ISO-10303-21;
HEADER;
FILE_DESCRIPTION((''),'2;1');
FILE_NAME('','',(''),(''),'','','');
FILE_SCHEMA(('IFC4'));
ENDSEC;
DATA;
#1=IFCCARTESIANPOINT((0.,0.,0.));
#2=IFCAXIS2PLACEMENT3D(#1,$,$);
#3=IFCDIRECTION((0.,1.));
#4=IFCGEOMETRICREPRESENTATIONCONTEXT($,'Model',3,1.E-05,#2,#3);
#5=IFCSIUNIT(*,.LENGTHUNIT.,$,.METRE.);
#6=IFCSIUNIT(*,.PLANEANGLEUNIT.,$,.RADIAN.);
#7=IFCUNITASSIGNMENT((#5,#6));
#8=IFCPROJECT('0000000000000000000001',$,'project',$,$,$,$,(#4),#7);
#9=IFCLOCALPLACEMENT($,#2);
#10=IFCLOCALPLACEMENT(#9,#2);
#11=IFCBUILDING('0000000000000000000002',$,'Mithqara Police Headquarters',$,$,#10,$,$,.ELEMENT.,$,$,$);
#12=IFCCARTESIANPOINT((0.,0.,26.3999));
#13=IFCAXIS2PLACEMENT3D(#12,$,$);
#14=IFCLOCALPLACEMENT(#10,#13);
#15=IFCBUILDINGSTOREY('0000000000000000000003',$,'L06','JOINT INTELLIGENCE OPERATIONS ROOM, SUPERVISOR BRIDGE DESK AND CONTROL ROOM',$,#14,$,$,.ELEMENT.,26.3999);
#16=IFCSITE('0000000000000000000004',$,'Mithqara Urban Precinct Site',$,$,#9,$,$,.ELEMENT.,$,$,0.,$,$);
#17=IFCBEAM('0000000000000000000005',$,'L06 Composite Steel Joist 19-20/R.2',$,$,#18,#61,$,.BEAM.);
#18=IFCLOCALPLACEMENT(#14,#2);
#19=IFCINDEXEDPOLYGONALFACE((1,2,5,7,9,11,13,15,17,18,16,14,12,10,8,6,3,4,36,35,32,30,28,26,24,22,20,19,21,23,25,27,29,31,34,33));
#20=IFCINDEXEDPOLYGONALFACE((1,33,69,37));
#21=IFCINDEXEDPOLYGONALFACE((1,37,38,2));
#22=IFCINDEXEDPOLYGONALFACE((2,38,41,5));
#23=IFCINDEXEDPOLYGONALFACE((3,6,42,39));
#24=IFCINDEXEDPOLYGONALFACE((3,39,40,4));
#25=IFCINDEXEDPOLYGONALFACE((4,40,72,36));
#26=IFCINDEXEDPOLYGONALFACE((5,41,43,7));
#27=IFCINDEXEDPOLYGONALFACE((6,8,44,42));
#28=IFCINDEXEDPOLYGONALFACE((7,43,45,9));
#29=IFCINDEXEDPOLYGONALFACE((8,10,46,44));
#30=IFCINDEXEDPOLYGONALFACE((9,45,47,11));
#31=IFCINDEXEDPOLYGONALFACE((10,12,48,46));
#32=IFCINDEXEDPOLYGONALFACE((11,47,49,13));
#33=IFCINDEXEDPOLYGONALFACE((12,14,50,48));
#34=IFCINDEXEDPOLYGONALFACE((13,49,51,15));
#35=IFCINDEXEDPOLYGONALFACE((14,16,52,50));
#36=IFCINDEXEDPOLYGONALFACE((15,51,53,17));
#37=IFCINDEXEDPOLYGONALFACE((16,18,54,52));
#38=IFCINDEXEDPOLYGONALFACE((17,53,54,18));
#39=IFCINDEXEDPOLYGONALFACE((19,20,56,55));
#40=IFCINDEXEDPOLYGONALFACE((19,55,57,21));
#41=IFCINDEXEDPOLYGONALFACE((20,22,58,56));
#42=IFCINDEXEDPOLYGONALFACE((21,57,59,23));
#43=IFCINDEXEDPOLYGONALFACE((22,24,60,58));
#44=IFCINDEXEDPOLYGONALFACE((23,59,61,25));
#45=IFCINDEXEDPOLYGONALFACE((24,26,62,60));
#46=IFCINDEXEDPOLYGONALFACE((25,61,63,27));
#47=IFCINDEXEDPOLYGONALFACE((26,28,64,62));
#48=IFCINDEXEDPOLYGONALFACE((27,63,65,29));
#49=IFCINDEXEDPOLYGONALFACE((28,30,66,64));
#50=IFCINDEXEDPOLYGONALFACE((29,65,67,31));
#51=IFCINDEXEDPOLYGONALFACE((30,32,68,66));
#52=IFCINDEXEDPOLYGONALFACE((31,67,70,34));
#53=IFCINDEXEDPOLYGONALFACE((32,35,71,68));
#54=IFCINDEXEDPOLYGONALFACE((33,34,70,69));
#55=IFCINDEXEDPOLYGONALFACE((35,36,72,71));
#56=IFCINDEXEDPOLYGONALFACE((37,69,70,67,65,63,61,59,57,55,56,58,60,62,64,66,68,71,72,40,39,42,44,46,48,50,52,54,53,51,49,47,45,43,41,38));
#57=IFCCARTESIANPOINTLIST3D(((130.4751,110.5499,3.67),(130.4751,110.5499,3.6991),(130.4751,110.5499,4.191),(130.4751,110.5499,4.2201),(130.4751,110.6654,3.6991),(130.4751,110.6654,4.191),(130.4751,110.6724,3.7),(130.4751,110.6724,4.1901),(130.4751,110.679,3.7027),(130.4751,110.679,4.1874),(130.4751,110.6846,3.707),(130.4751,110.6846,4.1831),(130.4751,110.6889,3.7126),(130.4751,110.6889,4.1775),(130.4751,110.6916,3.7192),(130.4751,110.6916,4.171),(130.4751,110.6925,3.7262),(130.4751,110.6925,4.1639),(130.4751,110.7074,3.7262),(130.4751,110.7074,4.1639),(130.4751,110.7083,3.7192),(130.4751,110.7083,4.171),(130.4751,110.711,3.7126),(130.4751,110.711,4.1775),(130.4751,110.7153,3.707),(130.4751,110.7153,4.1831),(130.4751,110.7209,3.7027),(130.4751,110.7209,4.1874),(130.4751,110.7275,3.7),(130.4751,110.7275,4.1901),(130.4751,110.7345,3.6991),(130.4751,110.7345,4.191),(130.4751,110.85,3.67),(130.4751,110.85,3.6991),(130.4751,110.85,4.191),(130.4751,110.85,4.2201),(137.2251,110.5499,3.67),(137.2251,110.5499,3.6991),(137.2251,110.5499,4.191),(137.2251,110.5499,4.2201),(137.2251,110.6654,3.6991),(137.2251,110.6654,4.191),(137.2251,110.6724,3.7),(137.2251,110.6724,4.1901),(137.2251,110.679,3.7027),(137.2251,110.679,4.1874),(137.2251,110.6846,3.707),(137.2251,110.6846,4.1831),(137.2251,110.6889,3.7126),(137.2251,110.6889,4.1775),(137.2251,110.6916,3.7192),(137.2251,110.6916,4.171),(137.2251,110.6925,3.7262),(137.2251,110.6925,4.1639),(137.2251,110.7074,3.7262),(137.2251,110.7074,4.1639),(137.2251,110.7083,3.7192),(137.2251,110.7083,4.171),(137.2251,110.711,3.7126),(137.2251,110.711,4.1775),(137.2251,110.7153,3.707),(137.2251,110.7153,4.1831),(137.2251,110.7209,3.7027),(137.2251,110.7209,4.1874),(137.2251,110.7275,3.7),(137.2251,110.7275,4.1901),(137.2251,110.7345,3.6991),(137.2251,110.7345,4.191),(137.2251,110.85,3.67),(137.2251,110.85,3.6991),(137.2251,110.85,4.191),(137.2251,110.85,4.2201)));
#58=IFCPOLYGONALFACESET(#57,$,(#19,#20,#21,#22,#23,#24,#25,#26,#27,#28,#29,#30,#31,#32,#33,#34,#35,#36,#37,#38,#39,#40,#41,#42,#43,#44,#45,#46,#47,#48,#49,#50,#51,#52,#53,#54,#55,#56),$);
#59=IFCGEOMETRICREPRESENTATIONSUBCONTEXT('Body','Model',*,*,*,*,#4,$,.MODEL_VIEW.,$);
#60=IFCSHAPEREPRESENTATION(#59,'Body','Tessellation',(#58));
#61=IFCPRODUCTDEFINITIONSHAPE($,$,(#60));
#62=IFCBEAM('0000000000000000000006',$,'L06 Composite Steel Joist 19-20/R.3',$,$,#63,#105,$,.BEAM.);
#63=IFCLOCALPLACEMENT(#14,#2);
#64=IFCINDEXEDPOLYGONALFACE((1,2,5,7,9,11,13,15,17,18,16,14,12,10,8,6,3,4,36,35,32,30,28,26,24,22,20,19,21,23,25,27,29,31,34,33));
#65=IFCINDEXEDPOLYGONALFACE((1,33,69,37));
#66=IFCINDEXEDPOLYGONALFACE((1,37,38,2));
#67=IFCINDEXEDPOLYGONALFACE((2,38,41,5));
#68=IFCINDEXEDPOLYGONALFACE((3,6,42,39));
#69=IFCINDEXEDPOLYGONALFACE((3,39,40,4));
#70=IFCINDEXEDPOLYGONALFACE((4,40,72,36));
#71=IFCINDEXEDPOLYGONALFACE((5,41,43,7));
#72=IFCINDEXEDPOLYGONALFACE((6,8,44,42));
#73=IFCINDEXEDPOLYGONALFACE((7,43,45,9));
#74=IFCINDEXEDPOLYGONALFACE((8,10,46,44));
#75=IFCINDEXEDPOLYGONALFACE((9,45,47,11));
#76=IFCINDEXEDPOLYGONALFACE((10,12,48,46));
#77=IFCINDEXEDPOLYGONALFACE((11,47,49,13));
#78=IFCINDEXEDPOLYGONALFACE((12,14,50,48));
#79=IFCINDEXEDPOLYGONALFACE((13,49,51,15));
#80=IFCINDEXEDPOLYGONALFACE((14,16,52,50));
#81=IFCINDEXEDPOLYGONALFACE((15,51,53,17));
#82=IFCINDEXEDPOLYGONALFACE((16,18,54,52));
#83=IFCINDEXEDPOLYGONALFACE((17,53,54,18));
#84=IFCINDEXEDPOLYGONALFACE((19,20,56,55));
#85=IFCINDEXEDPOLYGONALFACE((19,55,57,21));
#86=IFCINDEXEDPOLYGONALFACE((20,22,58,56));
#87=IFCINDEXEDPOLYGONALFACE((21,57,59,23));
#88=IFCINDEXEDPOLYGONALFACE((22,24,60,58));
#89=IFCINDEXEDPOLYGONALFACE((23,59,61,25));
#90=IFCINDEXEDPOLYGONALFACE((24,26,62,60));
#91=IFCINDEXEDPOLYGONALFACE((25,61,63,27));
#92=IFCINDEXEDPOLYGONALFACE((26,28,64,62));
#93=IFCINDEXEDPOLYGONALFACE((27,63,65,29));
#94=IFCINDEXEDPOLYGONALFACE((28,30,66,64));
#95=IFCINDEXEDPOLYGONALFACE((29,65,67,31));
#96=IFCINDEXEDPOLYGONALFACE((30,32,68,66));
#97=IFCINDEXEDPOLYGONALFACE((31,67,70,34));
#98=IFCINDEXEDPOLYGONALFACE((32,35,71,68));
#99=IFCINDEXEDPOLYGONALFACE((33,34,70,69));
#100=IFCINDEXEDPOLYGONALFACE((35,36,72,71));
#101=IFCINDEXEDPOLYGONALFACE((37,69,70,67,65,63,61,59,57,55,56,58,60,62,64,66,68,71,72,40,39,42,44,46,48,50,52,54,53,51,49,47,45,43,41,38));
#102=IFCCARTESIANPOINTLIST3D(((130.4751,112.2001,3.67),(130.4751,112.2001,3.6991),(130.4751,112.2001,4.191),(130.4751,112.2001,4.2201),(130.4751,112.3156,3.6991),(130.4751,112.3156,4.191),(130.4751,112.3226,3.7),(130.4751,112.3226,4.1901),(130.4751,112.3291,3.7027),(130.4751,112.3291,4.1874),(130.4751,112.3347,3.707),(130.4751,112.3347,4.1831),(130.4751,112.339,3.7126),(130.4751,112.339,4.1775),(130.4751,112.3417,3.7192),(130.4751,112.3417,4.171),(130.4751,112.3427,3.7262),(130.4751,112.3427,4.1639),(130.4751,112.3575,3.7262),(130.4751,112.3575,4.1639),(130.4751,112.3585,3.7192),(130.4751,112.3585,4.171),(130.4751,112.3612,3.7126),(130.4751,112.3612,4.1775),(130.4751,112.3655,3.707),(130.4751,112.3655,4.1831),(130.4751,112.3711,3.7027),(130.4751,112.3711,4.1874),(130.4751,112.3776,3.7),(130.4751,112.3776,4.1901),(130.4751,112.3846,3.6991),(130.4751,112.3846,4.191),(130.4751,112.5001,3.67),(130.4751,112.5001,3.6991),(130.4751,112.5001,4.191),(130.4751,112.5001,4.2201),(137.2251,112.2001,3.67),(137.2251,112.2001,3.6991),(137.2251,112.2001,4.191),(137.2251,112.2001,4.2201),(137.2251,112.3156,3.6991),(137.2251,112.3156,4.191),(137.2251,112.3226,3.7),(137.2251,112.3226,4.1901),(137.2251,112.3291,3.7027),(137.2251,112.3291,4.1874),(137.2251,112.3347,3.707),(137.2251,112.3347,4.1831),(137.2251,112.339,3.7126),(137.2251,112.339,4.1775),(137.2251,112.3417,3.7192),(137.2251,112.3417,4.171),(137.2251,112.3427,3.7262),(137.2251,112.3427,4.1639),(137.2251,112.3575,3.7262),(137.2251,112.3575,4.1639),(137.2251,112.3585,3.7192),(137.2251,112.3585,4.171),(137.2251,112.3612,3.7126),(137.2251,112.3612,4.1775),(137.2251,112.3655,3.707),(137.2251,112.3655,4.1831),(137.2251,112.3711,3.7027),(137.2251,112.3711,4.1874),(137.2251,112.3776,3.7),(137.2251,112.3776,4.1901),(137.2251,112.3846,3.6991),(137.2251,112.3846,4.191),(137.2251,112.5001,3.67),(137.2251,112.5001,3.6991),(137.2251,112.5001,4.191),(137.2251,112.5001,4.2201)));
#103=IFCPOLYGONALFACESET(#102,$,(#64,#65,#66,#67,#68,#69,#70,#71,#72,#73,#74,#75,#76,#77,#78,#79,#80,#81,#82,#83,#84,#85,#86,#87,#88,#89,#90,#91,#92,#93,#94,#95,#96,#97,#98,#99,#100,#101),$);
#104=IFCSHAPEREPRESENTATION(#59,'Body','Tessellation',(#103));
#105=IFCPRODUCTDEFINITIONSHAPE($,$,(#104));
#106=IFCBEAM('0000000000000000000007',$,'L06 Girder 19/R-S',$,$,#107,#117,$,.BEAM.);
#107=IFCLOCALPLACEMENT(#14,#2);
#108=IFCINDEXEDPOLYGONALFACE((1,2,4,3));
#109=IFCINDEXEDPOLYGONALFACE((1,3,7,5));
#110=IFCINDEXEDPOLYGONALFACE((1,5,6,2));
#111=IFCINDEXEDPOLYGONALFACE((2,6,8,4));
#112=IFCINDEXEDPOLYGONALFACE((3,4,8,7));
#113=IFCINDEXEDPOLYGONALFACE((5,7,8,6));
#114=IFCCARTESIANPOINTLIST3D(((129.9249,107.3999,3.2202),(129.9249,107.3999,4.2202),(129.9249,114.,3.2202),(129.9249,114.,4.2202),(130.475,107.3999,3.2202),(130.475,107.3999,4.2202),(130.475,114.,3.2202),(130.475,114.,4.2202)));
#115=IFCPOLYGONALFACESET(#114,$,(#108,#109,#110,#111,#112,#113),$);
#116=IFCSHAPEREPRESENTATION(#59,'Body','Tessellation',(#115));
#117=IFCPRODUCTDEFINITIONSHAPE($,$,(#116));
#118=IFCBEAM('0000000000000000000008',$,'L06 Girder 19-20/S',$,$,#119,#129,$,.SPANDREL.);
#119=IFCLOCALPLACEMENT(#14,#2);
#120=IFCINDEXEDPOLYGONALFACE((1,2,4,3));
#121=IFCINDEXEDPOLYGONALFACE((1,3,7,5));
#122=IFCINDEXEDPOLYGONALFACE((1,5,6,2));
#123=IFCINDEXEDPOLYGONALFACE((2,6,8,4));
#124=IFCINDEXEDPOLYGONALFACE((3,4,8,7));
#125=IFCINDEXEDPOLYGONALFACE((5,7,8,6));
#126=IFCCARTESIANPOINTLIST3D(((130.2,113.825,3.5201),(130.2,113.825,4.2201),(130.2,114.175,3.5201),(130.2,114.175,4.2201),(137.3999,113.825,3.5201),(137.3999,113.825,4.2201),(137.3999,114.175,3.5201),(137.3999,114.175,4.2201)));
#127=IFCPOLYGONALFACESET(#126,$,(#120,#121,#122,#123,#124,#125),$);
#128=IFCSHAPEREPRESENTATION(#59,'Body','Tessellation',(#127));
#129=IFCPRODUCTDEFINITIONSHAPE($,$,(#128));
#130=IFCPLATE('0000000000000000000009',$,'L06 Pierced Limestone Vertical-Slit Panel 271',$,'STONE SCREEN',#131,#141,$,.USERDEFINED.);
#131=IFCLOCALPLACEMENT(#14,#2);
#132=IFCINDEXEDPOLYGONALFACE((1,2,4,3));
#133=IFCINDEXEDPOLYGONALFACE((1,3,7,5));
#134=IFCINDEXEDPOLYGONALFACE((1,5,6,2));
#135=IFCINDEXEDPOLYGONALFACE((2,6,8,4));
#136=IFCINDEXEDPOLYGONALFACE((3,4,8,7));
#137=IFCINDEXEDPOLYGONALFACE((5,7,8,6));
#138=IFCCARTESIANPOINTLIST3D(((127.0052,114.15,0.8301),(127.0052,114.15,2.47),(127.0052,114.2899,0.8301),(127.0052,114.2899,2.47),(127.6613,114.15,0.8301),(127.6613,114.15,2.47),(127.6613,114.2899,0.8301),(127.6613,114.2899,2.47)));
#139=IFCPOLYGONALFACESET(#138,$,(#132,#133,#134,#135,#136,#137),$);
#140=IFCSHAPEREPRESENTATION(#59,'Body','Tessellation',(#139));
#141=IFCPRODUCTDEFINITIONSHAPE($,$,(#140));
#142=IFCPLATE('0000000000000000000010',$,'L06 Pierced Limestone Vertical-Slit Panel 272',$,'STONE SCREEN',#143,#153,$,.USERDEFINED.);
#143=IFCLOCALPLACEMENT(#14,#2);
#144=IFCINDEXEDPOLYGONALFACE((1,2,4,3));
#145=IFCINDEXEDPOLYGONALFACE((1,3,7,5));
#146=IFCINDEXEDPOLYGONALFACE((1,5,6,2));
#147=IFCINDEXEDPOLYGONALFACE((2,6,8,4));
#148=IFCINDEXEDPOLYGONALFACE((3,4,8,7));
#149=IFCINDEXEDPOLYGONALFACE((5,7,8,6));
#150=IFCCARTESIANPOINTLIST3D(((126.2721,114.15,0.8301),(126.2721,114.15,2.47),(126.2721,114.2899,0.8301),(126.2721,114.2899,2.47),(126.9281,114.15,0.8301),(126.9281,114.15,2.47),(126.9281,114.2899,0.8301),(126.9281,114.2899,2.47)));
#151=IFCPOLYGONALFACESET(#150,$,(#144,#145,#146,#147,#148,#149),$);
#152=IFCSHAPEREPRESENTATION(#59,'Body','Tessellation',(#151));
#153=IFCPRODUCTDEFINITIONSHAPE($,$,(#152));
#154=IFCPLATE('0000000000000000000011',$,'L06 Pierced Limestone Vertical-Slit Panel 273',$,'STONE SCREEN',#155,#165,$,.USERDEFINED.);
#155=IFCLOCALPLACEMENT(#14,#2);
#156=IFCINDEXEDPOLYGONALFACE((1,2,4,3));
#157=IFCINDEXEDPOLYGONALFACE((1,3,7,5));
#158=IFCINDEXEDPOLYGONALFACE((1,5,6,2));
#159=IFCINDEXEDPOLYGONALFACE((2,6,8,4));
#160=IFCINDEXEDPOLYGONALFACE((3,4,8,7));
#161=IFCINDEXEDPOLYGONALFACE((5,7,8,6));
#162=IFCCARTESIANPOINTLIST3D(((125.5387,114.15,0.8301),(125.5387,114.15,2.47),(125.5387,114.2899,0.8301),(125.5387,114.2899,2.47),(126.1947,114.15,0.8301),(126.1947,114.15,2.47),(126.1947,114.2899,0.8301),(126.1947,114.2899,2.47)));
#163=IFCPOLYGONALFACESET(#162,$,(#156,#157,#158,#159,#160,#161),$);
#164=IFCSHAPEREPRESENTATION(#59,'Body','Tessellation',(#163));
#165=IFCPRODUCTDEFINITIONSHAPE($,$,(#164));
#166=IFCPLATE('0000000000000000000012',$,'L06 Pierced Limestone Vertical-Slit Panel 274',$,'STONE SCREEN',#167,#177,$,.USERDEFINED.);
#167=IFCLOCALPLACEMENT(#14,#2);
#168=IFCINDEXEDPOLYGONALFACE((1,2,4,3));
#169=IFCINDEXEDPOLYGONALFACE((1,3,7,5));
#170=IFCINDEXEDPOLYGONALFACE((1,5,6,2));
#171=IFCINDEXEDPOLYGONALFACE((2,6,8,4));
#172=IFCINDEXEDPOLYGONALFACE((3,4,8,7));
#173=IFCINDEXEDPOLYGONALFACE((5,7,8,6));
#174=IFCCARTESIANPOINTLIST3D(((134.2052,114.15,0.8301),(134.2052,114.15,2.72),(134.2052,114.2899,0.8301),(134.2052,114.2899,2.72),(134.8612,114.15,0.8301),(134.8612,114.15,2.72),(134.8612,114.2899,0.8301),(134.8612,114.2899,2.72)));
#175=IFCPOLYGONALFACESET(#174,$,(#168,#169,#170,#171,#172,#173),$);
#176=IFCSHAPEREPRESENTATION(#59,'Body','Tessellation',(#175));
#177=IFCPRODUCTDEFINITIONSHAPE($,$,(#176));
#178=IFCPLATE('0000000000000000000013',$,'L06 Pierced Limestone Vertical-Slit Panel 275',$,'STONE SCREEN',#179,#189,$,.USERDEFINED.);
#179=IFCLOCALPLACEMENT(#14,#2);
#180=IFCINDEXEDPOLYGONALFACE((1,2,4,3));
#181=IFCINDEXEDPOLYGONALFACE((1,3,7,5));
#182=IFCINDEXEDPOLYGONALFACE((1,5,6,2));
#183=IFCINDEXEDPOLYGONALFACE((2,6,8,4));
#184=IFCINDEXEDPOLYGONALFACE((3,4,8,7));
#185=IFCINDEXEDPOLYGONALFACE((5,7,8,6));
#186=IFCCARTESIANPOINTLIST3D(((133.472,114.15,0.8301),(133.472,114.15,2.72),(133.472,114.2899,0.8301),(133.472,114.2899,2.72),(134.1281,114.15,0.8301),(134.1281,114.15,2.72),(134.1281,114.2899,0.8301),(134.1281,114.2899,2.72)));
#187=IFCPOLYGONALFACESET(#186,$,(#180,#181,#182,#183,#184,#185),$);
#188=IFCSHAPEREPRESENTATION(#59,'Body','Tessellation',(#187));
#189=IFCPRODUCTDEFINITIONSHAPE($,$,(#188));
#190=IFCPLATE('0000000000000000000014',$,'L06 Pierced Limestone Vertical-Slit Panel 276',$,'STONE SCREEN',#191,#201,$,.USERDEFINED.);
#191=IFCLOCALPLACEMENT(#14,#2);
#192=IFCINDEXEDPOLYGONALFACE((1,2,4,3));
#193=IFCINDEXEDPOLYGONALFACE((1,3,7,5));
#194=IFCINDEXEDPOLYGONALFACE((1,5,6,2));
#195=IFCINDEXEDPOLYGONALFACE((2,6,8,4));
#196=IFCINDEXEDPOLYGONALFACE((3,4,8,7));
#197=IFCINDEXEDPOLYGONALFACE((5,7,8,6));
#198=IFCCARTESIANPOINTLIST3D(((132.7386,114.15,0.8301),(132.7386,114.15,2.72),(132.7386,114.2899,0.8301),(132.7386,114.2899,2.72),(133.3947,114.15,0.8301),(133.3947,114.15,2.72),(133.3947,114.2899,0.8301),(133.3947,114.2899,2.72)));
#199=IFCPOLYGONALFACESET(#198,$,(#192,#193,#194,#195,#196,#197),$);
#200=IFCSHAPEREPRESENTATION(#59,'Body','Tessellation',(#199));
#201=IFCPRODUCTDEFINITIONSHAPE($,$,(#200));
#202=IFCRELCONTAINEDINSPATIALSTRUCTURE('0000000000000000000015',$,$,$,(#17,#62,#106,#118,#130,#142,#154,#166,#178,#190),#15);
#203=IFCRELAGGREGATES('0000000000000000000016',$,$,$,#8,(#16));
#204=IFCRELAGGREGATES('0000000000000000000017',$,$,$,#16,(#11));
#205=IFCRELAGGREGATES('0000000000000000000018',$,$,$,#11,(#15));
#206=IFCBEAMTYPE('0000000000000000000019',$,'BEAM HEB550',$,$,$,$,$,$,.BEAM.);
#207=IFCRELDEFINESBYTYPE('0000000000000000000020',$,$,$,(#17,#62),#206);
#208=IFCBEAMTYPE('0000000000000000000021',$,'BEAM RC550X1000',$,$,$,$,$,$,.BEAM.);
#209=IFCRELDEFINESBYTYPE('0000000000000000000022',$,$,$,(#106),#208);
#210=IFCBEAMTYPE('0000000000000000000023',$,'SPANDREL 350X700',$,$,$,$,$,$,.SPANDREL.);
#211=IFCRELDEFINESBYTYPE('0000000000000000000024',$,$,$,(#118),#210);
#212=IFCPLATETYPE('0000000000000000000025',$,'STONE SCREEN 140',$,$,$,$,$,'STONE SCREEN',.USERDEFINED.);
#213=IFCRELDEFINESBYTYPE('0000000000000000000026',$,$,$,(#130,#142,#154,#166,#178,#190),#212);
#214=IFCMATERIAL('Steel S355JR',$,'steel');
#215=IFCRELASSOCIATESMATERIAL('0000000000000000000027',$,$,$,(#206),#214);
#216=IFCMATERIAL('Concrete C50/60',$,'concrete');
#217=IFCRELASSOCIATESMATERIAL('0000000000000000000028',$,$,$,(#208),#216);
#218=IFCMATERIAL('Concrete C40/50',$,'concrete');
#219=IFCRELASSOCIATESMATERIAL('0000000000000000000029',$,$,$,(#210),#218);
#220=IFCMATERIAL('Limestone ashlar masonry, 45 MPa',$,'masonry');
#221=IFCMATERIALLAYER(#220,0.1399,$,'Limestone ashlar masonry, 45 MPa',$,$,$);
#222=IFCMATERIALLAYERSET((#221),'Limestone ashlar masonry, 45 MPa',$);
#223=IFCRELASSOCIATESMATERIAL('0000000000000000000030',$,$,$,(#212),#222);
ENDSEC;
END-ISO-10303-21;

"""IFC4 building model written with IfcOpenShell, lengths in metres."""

from ifc_helpers import new_model, si_unit, direction, frame, origin, origin_2d, place, context, subcontext, project, spatial, rectangle, i_section, extrude, material, layer, layer_set, material_profile, profile_set, type_object, element, save


model = new_model("IFC4")

# Units and contexts
model_context = context("Model", 3, precision=1e-05, world=origin(), true_north=direction((0.0, 1.0)))
body_context = subcontext(model_context, "Body", "Model", "MODEL_VIEW")
ifc_project = project(units=[si_unit("LENGTHUNIT", "METRE"), si_unit("PLANEANGLEUNIT", "RADIAN")], contexts=[model_context])

# Site, building, storey
site_placement = place(None, origin())
site = spatial("IfcSite", under=ifc_project, at=site_placement, Name="Mithqara Urban Precinct Site", CompositionType="ELEMENT", RefElevation=0.0)
building_placement = place(site_placement, origin())
building = spatial("IfcBuilding", under=site, at=building_placement, Name="Mithqara Police Headquarters", CompositionType="ELEMENT")
storey_placement = place(building_placement, frame((0.0, 0.0, 26.3999)))
storey = spatial("IfcBuildingStorey", under=building, at=storey_placement, Name="L06", Description="JOINT INTELLIGENCE OPERATIONS ROOM, SUPERVISOR BRIDGE DESK AND CONTROL ROOM", CompositionType="ELEMENT", Elevation=26.3999)

# Shared definitions
ifc_material_1 = material(Name="Concrete C50/60", Category="concrete")

# Beams
ifc_material_2 = material(Name="Steel S355JR", Category="steel")
ifc_material_profile_1 = material_profile(ifc_material_2, i_section(OverallWidth=0.3, OverallDepth=0.55, WebThickness=0.0149, FlangeThickness=0.0291, FilletRadius=0.0271, at=origin_2d()), Name="HEB 550")
ifc_profile_set_1 = profile_set([ifc_material_profile_1], Name="Steel S355JR")
beam_type_1 = type_object("IfcBeamType", Name="BEAM HEB550", PredefinedType="BEAM", material=ifc_profile_set_1)
for number, where, z_axis, x_axis, name in (
    (1, (130.4751, 110.7, 3.9451), (1.0, 0.0, 0.0), (0.0, 1.0, 0.0), "L06 Composite Steel Joist 19-20/R.2"),
    (2, (130.4751, 112.3501, 3.9451), (1.0, 0.0, 0.0), (0.0, 1.0, 0.0), "L06 Composite Steel Joist 19-20/R.3"),
):
    element("IfcBeam", number, at=place(storey_placement, frame(where, z_axis=z_axis, x_axis=x_axis)), inside=storey, type_object=beam_type_1, Name=name, PredefinedType="BEAM", context=body_context, shape_type="SweptSolid", body=[
        extrude(i_section(OverallWidth=0.3, OverallDepth=0.55, WebThickness=0.0149, FlangeThickness=0.0291, FilletRadius=0.0271, at=origin_2d()), origin(), (0.0, 0.0, 1.0), 6.75),
    ])
ifc_material_profile_2 = material_profile(ifc_material_1, rectangle(XDim=0.55, YDim=1.0, at=origin_2d()), Name="RC 550x1000")
ifc_profile_set_2 = profile_set([ifc_material_profile_2], Name="Concrete C50/60")
beam_type_2 = type_object("IfcBeamType", Name="BEAM RC550X1000", PredefinedType="BEAM", material=ifc_profile_set_2)
beam_1_placement = place(storey_placement, frame((130.2, 107.3999, 3.7202), z_axis=(0.0, 1.0, 0.0), x_axis=(-1.0, 0.0, 0.0)))
element("IfcBeam", 3, at=beam_1_placement, inside=storey, type_object=beam_type_2, Name="L06 Girder 19/R-S", PredefinedType="BEAM", context=body_context, shape_type="SweptSolid", body=[
    extrude(rectangle(XDim=0.55, YDim=1.0, at=origin_2d()), origin(), (0.0, 0.0, 1.0), 6.6001),
])
ifc_material_3 = material(Name="Concrete C40/50", Category="concrete")
ifc_material_profile_3 = material_profile(ifc_material_3, rectangle(XDim=0.3501, YDim=0.7, at=origin_2d()), Name="SPB 350x700")
ifc_profile_set_3 = profile_set([ifc_material_profile_3], Name="Concrete C40/50")
beam_type_3 = type_object("IfcBeamType", Name="SPANDREL 350X700", PredefinedType="SPANDREL", material=ifc_profile_set_3)
beam_2_placement = place(storey_placement, frame((130.2, 114.0, 3.8701), z_axis=(1.0, 0.0, 0.0), x_axis=(0.0, 1.0, 0.0)))
element("IfcBeam", 4, at=beam_2_placement, inside=storey, type_object=beam_type_3, Name="L06 Girder 19-20/S", PredefinedType="SPANDREL", context=body_context, shape_type="SweptSolid", body=[
    extrude(rectangle(XDim=0.3501, YDim=0.7, at=origin_2d()), origin(), (0.0, 0.0, 1.0), 7.2),
])

# Plates
ifc_material_4 = material(Name="Limestone ashlar masonry, 45 MPa", Category="masonry")
ifc_layer_1 = layer(ifc_material_4, 0.1399, Name="Limestone ashlar masonry, 45 MPa")
ifc_layer_set_1 = layer_set([ifc_layer_1], Name="Limestone ashlar masonry, 45 MPa")
plate_type = type_object("IfcPlateType", Name="STONE SCREEN 140", ElementType="STONE SCREEN", PredefinedType="USERDEFINED", material=ifc_layer_set_1)
for number, where, z_axis, x_axis, name in (
    (5, (127.3333, 114.22, 0.8301), (0.0, 0.0, 1.0), (1.0, 0.0, 0.0), "L06 Pierced Limestone Vertical-Slit Panel 271"),
    (6, (126.6001, 114.22, 0.8301), (0.0, 0.0, 1.0), (1.0, 0.0, 0.0), "L06 Pierced Limestone Vertical-Slit Panel 272"),
    (7, (125.8667, 114.22, 0.8301), (0.0, 0.0, 1.0), (1.0, 0.0, 0.0), "L06 Pierced Limestone Vertical-Slit Panel 273"),
):
    element("IfcPlate", number, at=place(storey_placement, frame(where, z_axis=z_axis, x_axis=x_axis)), inside=storey, type_object=plate_type, Name=name, ObjectType="STONE SCREEN", PredefinedType="USERDEFINED", context=body_context, shape_type="SweptSolid", body=[
        extrude(rectangle(XDim=0.656, YDim=0.1399, at=origin_2d()), origin(), (0.0, 0.0, 1.0), 1.6399),
    ])
for number, where, z_axis, x_axis, name in (
    (8, (134.5332, 114.22, 0.8301), (0.0, 0.0, 1.0), (1.0, 0.0, 0.0), "L06 Pierced Limestone Vertical-Slit Panel 274"),
    (9, (133.8, 114.22, 0.8301), (0.0, 0.0, 1.0), (1.0, 0.0, 0.0), "L06 Pierced Limestone Vertical-Slit Panel 275"),
    (10, (133.0667, 114.22, 0.8301), (0.0, 0.0, 1.0), (1.0, 0.0, 0.0), "L06 Pierced Limestone Vertical-Slit Panel 276"),
):
    element("IfcPlate", number, at=place(storey_placement, frame(where, z_axis=z_axis, x_axis=x_axis)), inside=storey, type_object=plate_type, Name=name, ObjectType="STONE SCREEN", PredefinedType="USERDEFINED", context=body_context, shape_type="SweptSolid", body=[
        extrude(rectangle(XDim=0.656, YDim=0.1399, at=origin_2d()), origin(), (0.0, 0.0, 1.0), 1.8899),
    ])

save(model, "model.ifc")
